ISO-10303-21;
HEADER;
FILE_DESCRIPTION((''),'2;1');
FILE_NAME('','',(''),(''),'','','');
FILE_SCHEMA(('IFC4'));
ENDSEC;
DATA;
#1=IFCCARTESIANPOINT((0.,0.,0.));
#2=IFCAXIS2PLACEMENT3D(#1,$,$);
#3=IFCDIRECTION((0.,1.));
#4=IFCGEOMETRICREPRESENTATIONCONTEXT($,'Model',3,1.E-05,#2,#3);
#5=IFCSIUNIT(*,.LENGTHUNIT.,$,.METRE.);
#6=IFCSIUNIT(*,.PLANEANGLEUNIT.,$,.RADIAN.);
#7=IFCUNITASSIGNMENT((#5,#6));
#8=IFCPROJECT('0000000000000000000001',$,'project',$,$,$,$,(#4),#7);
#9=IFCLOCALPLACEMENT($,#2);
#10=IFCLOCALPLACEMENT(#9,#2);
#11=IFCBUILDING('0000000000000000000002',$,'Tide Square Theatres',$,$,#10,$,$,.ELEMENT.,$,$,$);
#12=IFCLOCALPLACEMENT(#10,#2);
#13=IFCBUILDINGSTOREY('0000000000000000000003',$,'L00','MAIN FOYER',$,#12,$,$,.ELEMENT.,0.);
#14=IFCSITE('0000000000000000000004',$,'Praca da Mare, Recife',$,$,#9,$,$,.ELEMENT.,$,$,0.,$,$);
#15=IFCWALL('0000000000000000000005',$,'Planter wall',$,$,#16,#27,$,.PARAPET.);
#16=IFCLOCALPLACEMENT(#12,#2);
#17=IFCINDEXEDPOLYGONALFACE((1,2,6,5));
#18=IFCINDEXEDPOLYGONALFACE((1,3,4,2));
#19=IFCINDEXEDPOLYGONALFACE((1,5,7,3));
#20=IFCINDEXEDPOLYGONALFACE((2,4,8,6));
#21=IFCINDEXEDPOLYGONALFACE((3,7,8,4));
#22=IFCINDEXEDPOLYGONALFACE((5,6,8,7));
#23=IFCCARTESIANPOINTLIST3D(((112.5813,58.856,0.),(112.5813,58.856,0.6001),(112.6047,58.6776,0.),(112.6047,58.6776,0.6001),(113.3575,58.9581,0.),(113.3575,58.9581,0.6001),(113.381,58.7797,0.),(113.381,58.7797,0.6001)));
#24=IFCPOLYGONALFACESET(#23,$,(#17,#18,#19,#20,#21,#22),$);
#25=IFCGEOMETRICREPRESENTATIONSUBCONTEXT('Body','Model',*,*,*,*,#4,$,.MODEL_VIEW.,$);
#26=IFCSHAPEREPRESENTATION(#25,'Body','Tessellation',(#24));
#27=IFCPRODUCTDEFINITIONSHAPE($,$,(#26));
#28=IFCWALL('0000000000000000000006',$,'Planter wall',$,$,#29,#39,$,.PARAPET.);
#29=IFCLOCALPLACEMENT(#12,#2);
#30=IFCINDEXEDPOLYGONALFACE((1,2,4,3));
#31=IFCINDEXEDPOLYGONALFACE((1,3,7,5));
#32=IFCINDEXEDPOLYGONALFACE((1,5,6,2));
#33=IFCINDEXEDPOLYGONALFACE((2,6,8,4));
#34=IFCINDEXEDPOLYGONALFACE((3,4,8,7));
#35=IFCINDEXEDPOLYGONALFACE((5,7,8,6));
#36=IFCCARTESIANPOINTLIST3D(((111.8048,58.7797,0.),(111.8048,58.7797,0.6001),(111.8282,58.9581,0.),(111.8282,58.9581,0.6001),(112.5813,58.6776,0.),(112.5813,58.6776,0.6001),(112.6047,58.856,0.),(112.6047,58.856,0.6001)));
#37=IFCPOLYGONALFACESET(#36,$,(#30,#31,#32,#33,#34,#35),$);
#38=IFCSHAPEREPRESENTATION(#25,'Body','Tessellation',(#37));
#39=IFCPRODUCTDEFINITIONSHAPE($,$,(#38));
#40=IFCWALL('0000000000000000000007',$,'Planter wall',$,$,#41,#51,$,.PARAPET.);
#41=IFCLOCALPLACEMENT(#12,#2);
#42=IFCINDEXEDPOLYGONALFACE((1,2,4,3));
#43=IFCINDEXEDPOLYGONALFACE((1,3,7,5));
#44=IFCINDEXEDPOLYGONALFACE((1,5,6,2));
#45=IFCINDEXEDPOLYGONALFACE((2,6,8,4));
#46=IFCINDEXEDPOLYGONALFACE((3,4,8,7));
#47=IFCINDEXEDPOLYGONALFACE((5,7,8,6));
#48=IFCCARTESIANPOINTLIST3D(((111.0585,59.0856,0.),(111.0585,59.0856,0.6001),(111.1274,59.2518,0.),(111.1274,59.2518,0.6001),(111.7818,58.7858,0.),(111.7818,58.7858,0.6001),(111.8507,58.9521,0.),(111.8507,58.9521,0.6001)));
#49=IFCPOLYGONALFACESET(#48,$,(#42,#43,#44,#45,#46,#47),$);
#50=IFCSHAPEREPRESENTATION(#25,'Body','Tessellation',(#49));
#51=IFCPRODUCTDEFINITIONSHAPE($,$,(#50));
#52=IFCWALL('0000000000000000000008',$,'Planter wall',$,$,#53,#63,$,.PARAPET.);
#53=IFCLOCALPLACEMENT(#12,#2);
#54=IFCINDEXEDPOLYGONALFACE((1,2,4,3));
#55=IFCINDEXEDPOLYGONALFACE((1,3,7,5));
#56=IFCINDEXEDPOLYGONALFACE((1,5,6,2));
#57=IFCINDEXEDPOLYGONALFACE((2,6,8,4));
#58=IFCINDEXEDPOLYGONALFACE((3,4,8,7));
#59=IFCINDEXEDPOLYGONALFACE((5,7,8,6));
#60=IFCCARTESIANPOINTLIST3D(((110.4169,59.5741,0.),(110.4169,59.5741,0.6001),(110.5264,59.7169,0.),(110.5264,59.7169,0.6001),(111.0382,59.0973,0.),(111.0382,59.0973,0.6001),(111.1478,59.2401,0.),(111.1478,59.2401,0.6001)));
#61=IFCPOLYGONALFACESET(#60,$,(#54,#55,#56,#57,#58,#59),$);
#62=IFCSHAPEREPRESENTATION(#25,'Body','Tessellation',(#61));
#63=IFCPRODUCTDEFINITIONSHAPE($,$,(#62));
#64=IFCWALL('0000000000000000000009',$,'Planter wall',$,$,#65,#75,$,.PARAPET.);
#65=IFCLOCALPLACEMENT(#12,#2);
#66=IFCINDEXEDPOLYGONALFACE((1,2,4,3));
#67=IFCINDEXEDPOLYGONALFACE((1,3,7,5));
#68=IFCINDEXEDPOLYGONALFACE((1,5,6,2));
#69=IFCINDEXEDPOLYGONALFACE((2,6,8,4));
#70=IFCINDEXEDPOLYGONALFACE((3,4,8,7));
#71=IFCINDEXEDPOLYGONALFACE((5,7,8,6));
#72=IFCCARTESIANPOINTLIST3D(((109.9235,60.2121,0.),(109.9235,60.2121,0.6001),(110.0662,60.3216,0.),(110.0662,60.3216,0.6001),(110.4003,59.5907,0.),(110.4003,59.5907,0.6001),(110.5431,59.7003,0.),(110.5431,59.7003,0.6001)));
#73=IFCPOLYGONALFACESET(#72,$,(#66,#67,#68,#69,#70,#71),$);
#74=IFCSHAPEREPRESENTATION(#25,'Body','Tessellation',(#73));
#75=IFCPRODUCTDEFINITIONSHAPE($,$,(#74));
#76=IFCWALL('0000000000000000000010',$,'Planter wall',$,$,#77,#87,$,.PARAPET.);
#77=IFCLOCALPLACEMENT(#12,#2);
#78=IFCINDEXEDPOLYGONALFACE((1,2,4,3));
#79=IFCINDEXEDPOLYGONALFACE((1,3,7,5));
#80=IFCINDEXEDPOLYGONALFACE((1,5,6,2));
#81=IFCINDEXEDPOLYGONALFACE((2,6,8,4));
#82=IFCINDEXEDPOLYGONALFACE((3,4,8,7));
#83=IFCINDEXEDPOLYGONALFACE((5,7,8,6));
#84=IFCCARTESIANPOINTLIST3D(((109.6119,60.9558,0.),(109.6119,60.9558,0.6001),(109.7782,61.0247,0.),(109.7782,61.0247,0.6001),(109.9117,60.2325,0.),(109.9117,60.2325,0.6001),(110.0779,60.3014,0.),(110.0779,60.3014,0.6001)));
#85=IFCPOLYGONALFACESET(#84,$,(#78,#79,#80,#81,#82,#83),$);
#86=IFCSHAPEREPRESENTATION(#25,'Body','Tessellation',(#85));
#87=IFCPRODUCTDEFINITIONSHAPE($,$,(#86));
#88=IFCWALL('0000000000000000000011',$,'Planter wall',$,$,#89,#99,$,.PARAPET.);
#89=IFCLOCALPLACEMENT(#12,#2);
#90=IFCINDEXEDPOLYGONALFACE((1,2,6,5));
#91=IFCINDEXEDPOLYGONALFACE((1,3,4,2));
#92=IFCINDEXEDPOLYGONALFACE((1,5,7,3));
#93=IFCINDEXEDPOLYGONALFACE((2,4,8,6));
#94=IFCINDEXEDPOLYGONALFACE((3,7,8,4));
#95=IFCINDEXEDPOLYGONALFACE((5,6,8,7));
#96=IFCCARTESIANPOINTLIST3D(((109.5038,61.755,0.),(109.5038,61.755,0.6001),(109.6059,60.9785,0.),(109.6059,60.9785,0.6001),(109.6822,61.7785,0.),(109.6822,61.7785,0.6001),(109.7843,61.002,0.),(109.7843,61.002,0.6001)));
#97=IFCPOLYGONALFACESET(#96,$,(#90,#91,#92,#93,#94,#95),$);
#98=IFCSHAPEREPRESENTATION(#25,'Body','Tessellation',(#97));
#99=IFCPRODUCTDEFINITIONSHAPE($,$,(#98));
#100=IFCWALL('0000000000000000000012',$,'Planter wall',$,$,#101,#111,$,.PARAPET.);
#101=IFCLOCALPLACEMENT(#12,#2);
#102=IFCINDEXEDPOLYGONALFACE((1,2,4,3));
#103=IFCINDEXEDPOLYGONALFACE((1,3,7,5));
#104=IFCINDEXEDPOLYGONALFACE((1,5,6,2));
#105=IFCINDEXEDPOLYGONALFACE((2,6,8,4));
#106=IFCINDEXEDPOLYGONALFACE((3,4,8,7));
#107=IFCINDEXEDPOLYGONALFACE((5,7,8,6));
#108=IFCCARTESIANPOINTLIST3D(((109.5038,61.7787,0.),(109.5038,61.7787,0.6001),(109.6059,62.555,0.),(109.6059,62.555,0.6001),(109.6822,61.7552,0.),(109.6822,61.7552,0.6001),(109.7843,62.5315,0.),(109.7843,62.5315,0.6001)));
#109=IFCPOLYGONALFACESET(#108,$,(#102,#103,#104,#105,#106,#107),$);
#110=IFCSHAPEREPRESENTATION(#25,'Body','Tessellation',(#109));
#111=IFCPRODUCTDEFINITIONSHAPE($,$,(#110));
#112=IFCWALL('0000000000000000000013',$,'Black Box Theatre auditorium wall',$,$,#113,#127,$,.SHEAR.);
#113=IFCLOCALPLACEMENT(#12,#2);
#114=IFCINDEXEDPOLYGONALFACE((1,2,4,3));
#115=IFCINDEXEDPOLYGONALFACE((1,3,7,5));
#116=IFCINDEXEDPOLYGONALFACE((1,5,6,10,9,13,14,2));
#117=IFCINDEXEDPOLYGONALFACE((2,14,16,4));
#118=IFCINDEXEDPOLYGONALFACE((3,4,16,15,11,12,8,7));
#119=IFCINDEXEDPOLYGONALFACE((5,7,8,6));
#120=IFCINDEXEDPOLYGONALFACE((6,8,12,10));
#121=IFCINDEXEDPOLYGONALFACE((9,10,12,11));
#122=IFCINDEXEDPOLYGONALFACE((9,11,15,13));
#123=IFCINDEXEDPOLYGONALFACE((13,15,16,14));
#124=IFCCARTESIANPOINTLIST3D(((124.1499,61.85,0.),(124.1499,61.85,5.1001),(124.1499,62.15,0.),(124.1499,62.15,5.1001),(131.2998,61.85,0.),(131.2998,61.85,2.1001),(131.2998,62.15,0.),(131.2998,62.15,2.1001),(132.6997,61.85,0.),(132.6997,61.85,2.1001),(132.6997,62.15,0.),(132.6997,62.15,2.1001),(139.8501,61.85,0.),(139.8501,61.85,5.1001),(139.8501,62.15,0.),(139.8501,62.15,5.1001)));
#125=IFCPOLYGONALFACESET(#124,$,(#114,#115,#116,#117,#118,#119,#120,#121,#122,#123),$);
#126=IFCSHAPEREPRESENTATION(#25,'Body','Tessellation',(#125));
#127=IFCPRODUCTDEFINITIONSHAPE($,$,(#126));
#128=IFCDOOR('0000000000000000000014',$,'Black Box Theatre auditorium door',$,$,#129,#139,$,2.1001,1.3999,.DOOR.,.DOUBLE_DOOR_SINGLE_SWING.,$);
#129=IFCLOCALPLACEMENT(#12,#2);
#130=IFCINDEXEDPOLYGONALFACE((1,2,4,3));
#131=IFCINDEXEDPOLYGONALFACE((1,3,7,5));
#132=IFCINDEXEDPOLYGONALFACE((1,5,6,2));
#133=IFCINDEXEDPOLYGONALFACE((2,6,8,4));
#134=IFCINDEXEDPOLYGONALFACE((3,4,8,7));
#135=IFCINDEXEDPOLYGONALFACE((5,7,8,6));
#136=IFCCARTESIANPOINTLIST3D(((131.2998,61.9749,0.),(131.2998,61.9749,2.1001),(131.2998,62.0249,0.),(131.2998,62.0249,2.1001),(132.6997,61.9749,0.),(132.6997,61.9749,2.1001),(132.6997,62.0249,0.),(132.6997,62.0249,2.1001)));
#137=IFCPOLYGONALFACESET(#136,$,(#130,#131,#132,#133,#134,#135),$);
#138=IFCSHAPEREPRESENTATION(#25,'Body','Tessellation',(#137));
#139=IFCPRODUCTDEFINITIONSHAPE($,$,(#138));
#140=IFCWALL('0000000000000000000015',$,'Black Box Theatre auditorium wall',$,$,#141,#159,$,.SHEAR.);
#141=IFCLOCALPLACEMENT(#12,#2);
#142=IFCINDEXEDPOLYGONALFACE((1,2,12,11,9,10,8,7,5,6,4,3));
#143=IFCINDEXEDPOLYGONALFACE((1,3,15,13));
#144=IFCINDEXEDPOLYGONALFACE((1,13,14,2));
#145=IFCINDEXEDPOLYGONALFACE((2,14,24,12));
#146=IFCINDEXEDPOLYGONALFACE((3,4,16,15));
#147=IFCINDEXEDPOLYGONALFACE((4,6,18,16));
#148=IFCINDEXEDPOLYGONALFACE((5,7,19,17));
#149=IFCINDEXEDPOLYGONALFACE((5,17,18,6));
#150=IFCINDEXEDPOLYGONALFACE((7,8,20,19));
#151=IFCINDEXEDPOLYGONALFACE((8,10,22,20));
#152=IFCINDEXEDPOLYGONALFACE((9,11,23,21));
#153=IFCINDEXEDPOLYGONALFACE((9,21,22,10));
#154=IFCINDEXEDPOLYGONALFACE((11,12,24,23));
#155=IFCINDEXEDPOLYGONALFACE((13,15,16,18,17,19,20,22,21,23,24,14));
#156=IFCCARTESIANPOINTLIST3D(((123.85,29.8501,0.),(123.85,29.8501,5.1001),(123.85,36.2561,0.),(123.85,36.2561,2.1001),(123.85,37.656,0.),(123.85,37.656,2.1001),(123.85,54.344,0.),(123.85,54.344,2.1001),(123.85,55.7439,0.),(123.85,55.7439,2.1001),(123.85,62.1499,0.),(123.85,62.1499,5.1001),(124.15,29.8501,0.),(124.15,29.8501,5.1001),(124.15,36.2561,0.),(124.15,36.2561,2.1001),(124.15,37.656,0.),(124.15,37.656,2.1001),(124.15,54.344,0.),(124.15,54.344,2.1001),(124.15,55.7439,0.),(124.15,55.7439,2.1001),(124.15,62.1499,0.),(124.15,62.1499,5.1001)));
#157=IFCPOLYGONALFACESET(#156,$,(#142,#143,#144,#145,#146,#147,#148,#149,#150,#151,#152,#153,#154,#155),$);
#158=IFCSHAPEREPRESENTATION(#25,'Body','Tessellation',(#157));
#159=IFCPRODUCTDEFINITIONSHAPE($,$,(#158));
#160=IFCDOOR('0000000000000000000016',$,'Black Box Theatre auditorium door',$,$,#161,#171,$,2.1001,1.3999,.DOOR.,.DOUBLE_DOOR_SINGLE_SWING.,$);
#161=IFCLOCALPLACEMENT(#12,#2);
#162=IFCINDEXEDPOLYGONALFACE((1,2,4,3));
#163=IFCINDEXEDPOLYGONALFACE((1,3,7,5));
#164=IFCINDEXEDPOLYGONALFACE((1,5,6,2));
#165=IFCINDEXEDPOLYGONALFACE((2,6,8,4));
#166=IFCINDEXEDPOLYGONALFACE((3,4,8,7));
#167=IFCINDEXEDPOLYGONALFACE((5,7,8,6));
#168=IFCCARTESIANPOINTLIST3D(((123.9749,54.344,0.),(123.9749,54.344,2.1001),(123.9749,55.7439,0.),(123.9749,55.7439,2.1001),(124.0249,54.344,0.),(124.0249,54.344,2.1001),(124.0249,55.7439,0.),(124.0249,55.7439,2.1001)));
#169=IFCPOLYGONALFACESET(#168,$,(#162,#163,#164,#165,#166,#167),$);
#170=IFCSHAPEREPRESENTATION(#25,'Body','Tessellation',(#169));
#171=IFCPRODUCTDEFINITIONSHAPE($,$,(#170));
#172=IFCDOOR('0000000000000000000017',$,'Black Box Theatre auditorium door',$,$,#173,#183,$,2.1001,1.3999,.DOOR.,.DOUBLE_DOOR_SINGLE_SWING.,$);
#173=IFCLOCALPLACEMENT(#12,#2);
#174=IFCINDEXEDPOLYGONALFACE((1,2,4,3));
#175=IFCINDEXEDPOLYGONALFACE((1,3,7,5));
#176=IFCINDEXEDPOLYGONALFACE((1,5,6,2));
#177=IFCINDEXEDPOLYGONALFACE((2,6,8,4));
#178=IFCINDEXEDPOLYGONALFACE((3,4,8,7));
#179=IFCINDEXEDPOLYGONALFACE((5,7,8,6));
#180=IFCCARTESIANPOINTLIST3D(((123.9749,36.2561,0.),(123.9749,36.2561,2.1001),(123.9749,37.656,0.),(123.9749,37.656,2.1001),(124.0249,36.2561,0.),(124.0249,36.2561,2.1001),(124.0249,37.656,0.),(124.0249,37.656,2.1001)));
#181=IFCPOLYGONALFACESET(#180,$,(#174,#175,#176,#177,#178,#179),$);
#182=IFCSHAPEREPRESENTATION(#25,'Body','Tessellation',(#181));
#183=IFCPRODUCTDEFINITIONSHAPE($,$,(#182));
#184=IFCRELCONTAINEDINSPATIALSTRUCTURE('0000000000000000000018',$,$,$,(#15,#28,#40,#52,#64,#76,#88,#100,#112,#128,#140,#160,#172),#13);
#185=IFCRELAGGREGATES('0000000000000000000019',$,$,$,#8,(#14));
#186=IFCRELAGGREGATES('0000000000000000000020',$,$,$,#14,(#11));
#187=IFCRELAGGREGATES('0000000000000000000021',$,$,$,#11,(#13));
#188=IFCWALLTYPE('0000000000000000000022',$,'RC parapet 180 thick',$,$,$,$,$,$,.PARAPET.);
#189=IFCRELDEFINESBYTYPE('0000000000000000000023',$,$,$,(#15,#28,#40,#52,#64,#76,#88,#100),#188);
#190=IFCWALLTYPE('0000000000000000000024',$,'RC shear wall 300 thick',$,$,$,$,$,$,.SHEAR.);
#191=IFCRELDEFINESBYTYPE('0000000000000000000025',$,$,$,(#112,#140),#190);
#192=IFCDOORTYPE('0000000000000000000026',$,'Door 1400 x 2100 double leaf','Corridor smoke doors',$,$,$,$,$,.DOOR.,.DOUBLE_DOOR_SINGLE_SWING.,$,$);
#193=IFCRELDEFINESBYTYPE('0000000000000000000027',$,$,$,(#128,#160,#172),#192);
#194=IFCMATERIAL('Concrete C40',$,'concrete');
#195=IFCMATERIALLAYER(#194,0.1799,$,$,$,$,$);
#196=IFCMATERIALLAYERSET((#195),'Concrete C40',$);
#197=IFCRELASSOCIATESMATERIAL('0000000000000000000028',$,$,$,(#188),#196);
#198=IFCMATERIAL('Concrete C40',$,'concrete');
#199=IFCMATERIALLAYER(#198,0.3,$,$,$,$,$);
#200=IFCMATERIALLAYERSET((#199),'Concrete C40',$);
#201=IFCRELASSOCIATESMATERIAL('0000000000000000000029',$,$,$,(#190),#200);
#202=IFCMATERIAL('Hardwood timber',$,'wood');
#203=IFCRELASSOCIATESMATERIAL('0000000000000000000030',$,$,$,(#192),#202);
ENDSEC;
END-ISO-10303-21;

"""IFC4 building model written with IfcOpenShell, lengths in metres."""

from ifc_helpers import new_model, si_unit, direction, frame, frame_2d, origin, place, context, subcontext, project, spatial, rectangle, extrude, material, layer, layer_set, type_object, element, fill, save


model = new_model("IFC4")

# Units and contexts
model_context = context("Model", 3, precision=1e-05, world=origin(), true_north=direction((0.0, 1.0)))
body_context = subcontext(model_context, "Body", "Model", "MODEL_VIEW")
ifc_project = project(units=[si_unit("LENGTHUNIT", "METRE"), si_unit("PLANEANGLEUNIT", "RADIAN")], contexts=[model_context])

# Site, building, storey
site_placement = place(None, origin())
site = spatial("IfcSite", under=ifc_project, at=site_placement, Name="Praca da Mare, Recife", CompositionType="ELEMENT", RefElevation=0.0)
building_placement = place(site_placement, origin())
building = spatial("IfcBuilding", under=site, at=building_placement, Name="Tide Square Theatres", CompositionType="ELEMENT")
storey_placement = place(building_placement, origin())
storey = spatial("IfcBuildingStorey", under=building, at=storey_placement, Name="L00", Description="MAIN FOYER", CompositionType="ELEMENT", Elevation=0.0)

# Walls
ifc_material_1 = material(Name="Concrete C40", Category="concrete")
ifc_layer_1 = layer(ifc_material_1, 0.1799)
ifc_layer_set_1 = layer_set([ifc_layer_1], Name="Concrete C40")
wall_type_1 = type_object("IfcWallType", Name="RC parapet 180 thick", PredefinedType="PARAPET", material=ifc_layer_set_1)
wall_1_placement = place(storey_placement, frame((113.3694, 58.8689, 0.0), z_axis=(0.0, 0.0, 1.0), x_axis=(-0.991471, -0.130325, 0.0)))
element("IfcWall", 1, at=wall_1_placement, inside=storey, type_object=wall_type_1, Name="Planter wall", PredefinedType="PARAPET", context=body_context, shape_type="SweptSolid", body=[
    extrude(rectangle(XDim=0.783, YDim=0.1799, at=frame_2d((0.3916, 0.0))), origin(), (0.0, 0.0, 1.0), 0.6001),
])
wall_2_placement = place(storey_placement, frame((112.593, 58.7668, 0.0), z_axis=(0.0, 0.0, 1.0), x_axis=(-0.991477, 0.130285, 0.0)))
element("IfcWall", 2, at=wall_2_placement, inside=storey, type_object=wall_type_1, Name="Planter wall", PredefinedType="PARAPET", context=body_context, shape_type="SweptSolid", body=[
    extrude(rectangle(XDim=0.7832, YDim=0.1799, at=frame_2d((0.3916, 0.0))), origin(), (0.0, 0.0, 1.0), 0.6001),
])
wall_3_placement = place(storey_placement, frame((111.8164, 58.8689, 0.0), z_axis=(0.0, 0.0, 1.0), x_axis=(-0.923804, 0.382866, 0.0)))
element("IfcWall", 3, at=wall_3_placement, inside=storey, type_object=wall_type_1, Name="Planter wall", PredefinedType="PARAPET", context=body_context, shape_type="SweptSolid", body=[
    extrude(rectangle(XDim=0.783, YDim=0.1799, at=frame_2d((0.3916, 0.0))), origin(), (0.0, 0.0, 1.0), 0.6001),
])
for number, where, z_axis, x_axis, name in (
    (4, (111.093, 59.1687, 0.0), (0.0, 0.0, 1.0), (-0.79333, 0.608791, 0.0), "Planter wall"),
    (5, (110.4717, 59.6455, 0.0), (0.0, 0.0, 1.0), (-0.608791, 0.79333, 0.0), "Planter wall"),
):
    element("IfcWall", number, at=place(storey_placement, frame(where, z_axis=z_axis, x_axis=x_axis)), inside=storey, type_object=wall_type_1, Name=name, PredefinedType="PARAPET", context=body_context, shape_type="SweptSolid", body=[
        extrude(rectangle(XDim=0.7832, YDim=0.1799, at=frame_2d((0.3916, 0.0))), origin(), (0.0, 0.0, 1.0), 0.6001),
    ])
wall_4_placement = place(storey_placement, frame((109.9949, 60.2668, 0.0), z_axis=(0.0, 0.0, 1.0), x_axis=(-0.382866, 0.923804, 0.0)))
element("IfcWall", 6, at=wall_4_placement, inside=storey, type_object=wall_type_1, Name="Planter wall", PredefinedType="PARAPET", context=body_context, shape_type="SweptSolid", body=[
    extrude(rectangle(XDim=0.783, YDim=0.1799, at=frame_2d((0.3916, 0.0))), origin(), (0.0, 0.0, 1.0), 0.6001),
])
wall_5_placement = place(storey_placement, frame((109.6951, 60.9902, 0.0), z_axis=(0.0, 0.0, 1.0), x_axis=(-0.130285, 0.991477, 0.0)))
element("IfcWall", 7, at=wall_5_placement, inside=storey, type_object=wall_type_1, Name="Planter wall", PredefinedType="PARAPET", context=body_context, shape_type="SweptSolid", body=[
    extrude(rectangle(XDim=0.7832, YDim=0.1799, at=frame_2d((0.3916, 0.0))), origin(), (0.0, 0.0, 1.0), 0.6001),
])
wall_6_placement = place(storey_placement, frame((109.593, 61.7668, 0.0), z_axis=(0.0, 0.0, 1.0), x_axis=(0.130325, 0.991471, 0.0)))
element("IfcWall", 8, at=wall_6_placement, inside=storey, type_object=wall_type_1, Name="Planter wall", PredefinedType="PARAPET", context=body_context, shape_type="SweptSolid", body=[
    extrude(rectangle(XDim=0.783, YDim=0.1799, at=frame_2d((0.3916, 0.0))), origin(), (0.0, 0.0, 1.0), 0.6001),
])

# Wall, opening, door
ifc_material_2 = material(Name="Concrete C40", Category="concrete")
ifc_layer_2 = layer(ifc_material_2, 0.3)
ifc_layer_set_2 = layer_set([ifc_layer_2], Name="Concrete C40")
wall_type_2 = type_object("IfcWallType", Name="RC shear wall 300 thick", PredefinedType="SHEAR", material=ifc_layer_set_2)
wall_7_placement = place(storey_placement, frame((124.1499, 62.0, 0.0), z_axis=(0.0, 0.0, 1.0), x_axis=(1.0, 0.0, 0.0)))
wall_7 = element("IfcWall", 9, at=wall_7_placement, inside=storey, type_object=wall_type_2, Name="Black Box Theatre auditorium wall", PredefinedType="SHEAR", context=body_context, shape_type="SweptSolid", body=[
    extrude(rectangle(XDim=15.7002, YDim=0.3, at=frame_2d((7.8501, 0.0))), origin(), (0.0, 0.0, 1.0), 5.1001),
])
opening_1_placement = place(wall_7_placement, frame((7.1499, 0.0, 0.0)))
opening_1 = element("IfcOpeningElement", 10, at=opening_1_placement, cuts=wall_7, PredefinedType="OPENING", context=body_context, shape_type="SweptSolid", body=[
    extrude(rectangle(XDim=1.3999, YDim=2.1001, at=frame_2d((0.7, 1.05))), frame((0.0, 0.1599, 0.0), z_axis=(0.0, -1.0, 0.0), x_axis=(1.0, 0.0, 0.0)), (0.0, 0.0, 1.0), 0.3201),
])
ifc_material_3 = material(Name="Hardwood timber", Category="wood")
door_type_1 = type_object("IfcDoorType", Name="Door 1400 x 2100 double leaf", Description="Corridor smoke doors", OperationType="DOUBLE_DOOR_SINGLE_SWING", PredefinedType="DOOR", material=ifc_material_3)
door_1_placement = place(opening_1_placement, origin())
door_1 = element("IfcDoor", 11, at=door_1_placement, inside=storey, type_object=door_type_1, Name="Black Box Theatre auditorium door", OperationType="DOUBLE_DOOR_SINGLE_SWING", OverallHeight=2.1001, OverallWidth=1.3999, PredefinedType="DOOR", context=body_context, shape_type="SweptSolid", body=[
    extrude(rectangle(XDim=1.3999, YDim=2.1001, at=frame_2d((0.7, 1.05))), frame((0.0, 0.0249, 0.0), z_axis=(0.0, -1.0, 0.0), x_axis=(1.0, 0.0, 0.0)), (0.0, 0.0, 1.0), 0.05),
])
fill(opening_1, door_1)

# Wall, openings, doors
wall_8_placement = place(storey_placement, frame((124.0, 62.1499, 0.0), z_axis=(0.0, 0.0, 1.0), x_axis=(0.0, -1.0, 0.0)))
wall_8 = element("IfcWall", 12, at=wall_8_placement, inside=storey, type_object=wall_type_2, Name="Black Box Theatre auditorium wall", PredefinedType="SHEAR", context=body_context, shape_type="SweptSolid", body=[
    extrude(rectangle(XDim=32.2998, YDim=0.3, at=frame_2d((16.1499, 0.0))), origin(), (0.0, 0.0, 1.0), 5.1001),
])
opening_2_placement = place(wall_8_placement, frame((6.406, 0.0, 0.0)))
opening_2 = element("IfcOpeningElement", 13, at=opening_2_placement, cuts=wall_8, PredefinedType="OPENING", context=body_context, shape_type="SweptSolid", body=[
    extrude(rectangle(XDim=1.3999, YDim=2.1001, at=frame_2d((0.7, 1.05))), frame((0.0, 0.1599, 0.0), z_axis=(0.0, -1.0, 0.0), x_axis=(1.0, 0.0, 0.0)), (0.0, 0.0, 1.0), 0.3201),
])
opening_3_placement = place(wall_8_placement, frame((24.4939, 0.0, 0.0)))
opening_3 = element("IfcOpeningElement", 14, at=opening_3_placement, cuts=wall_8, PredefinedType="OPENING", context=body_context, shape_type="SweptSolid", body=[
    extrude(rectangle(XDim=1.3999, YDim=2.1001, at=frame_2d((0.7, 1.05))), frame((0.0, 0.1599, 0.0), z_axis=(0.0, -1.0, 0.0), x_axis=(1.0, 0.0, 0.0)), (0.0, 0.0, 1.0), 0.3201),
])
door_2_placement = place(opening_2_placement, origin())
door_2 = element("IfcDoor", 15, at=door_2_placement, inside=storey, type_object=door_type_1, Name="Black Box Theatre auditorium door", OperationType="DOUBLE_DOOR_SINGLE_SWING", OverallHeight=2.1001, OverallWidth=1.3999, PredefinedType="DOOR", context=body_context, shape_type="SweptSolid", body=[
    extrude(rectangle(XDim=1.3999, YDim=2.1001, at=frame_2d((0.7, 1.05))), frame((0.0, 0.0249, 0.0), z_axis=(0.0, -1.0, 0.0), x_axis=(1.0, 0.0, 0.0)), (0.0, 0.0, 1.0), 0.05),
])
fill(opening_2, door_2)
door_3_placement = place(opening_3_placement, origin())
door_3 = element("IfcDoor", 16, at=door_3_placement, inside=storey, type_object=door_type_1, Name="Black Box Theatre auditorium door", OperationType="DOUBLE_DOOR_SINGLE_SWING", OverallHeight=2.1001, OverallWidth=1.3999, PredefinedType="DOOR", context=body_context, shape_type="SweptSolid", body=[
    extrude(rectangle(XDim=1.3999, YDim=2.1001, at=frame_2d((0.7, 1.05))), frame((0.0, 0.0249, 0.0), z_axis=(0.0, -1.0, 0.0), x_axis=(1.0, 0.0, 0.0)), (0.0, 0.0, 1.0), 0.05),
])
fill(opening_3, door_3)

save(model, "model.ifc")
